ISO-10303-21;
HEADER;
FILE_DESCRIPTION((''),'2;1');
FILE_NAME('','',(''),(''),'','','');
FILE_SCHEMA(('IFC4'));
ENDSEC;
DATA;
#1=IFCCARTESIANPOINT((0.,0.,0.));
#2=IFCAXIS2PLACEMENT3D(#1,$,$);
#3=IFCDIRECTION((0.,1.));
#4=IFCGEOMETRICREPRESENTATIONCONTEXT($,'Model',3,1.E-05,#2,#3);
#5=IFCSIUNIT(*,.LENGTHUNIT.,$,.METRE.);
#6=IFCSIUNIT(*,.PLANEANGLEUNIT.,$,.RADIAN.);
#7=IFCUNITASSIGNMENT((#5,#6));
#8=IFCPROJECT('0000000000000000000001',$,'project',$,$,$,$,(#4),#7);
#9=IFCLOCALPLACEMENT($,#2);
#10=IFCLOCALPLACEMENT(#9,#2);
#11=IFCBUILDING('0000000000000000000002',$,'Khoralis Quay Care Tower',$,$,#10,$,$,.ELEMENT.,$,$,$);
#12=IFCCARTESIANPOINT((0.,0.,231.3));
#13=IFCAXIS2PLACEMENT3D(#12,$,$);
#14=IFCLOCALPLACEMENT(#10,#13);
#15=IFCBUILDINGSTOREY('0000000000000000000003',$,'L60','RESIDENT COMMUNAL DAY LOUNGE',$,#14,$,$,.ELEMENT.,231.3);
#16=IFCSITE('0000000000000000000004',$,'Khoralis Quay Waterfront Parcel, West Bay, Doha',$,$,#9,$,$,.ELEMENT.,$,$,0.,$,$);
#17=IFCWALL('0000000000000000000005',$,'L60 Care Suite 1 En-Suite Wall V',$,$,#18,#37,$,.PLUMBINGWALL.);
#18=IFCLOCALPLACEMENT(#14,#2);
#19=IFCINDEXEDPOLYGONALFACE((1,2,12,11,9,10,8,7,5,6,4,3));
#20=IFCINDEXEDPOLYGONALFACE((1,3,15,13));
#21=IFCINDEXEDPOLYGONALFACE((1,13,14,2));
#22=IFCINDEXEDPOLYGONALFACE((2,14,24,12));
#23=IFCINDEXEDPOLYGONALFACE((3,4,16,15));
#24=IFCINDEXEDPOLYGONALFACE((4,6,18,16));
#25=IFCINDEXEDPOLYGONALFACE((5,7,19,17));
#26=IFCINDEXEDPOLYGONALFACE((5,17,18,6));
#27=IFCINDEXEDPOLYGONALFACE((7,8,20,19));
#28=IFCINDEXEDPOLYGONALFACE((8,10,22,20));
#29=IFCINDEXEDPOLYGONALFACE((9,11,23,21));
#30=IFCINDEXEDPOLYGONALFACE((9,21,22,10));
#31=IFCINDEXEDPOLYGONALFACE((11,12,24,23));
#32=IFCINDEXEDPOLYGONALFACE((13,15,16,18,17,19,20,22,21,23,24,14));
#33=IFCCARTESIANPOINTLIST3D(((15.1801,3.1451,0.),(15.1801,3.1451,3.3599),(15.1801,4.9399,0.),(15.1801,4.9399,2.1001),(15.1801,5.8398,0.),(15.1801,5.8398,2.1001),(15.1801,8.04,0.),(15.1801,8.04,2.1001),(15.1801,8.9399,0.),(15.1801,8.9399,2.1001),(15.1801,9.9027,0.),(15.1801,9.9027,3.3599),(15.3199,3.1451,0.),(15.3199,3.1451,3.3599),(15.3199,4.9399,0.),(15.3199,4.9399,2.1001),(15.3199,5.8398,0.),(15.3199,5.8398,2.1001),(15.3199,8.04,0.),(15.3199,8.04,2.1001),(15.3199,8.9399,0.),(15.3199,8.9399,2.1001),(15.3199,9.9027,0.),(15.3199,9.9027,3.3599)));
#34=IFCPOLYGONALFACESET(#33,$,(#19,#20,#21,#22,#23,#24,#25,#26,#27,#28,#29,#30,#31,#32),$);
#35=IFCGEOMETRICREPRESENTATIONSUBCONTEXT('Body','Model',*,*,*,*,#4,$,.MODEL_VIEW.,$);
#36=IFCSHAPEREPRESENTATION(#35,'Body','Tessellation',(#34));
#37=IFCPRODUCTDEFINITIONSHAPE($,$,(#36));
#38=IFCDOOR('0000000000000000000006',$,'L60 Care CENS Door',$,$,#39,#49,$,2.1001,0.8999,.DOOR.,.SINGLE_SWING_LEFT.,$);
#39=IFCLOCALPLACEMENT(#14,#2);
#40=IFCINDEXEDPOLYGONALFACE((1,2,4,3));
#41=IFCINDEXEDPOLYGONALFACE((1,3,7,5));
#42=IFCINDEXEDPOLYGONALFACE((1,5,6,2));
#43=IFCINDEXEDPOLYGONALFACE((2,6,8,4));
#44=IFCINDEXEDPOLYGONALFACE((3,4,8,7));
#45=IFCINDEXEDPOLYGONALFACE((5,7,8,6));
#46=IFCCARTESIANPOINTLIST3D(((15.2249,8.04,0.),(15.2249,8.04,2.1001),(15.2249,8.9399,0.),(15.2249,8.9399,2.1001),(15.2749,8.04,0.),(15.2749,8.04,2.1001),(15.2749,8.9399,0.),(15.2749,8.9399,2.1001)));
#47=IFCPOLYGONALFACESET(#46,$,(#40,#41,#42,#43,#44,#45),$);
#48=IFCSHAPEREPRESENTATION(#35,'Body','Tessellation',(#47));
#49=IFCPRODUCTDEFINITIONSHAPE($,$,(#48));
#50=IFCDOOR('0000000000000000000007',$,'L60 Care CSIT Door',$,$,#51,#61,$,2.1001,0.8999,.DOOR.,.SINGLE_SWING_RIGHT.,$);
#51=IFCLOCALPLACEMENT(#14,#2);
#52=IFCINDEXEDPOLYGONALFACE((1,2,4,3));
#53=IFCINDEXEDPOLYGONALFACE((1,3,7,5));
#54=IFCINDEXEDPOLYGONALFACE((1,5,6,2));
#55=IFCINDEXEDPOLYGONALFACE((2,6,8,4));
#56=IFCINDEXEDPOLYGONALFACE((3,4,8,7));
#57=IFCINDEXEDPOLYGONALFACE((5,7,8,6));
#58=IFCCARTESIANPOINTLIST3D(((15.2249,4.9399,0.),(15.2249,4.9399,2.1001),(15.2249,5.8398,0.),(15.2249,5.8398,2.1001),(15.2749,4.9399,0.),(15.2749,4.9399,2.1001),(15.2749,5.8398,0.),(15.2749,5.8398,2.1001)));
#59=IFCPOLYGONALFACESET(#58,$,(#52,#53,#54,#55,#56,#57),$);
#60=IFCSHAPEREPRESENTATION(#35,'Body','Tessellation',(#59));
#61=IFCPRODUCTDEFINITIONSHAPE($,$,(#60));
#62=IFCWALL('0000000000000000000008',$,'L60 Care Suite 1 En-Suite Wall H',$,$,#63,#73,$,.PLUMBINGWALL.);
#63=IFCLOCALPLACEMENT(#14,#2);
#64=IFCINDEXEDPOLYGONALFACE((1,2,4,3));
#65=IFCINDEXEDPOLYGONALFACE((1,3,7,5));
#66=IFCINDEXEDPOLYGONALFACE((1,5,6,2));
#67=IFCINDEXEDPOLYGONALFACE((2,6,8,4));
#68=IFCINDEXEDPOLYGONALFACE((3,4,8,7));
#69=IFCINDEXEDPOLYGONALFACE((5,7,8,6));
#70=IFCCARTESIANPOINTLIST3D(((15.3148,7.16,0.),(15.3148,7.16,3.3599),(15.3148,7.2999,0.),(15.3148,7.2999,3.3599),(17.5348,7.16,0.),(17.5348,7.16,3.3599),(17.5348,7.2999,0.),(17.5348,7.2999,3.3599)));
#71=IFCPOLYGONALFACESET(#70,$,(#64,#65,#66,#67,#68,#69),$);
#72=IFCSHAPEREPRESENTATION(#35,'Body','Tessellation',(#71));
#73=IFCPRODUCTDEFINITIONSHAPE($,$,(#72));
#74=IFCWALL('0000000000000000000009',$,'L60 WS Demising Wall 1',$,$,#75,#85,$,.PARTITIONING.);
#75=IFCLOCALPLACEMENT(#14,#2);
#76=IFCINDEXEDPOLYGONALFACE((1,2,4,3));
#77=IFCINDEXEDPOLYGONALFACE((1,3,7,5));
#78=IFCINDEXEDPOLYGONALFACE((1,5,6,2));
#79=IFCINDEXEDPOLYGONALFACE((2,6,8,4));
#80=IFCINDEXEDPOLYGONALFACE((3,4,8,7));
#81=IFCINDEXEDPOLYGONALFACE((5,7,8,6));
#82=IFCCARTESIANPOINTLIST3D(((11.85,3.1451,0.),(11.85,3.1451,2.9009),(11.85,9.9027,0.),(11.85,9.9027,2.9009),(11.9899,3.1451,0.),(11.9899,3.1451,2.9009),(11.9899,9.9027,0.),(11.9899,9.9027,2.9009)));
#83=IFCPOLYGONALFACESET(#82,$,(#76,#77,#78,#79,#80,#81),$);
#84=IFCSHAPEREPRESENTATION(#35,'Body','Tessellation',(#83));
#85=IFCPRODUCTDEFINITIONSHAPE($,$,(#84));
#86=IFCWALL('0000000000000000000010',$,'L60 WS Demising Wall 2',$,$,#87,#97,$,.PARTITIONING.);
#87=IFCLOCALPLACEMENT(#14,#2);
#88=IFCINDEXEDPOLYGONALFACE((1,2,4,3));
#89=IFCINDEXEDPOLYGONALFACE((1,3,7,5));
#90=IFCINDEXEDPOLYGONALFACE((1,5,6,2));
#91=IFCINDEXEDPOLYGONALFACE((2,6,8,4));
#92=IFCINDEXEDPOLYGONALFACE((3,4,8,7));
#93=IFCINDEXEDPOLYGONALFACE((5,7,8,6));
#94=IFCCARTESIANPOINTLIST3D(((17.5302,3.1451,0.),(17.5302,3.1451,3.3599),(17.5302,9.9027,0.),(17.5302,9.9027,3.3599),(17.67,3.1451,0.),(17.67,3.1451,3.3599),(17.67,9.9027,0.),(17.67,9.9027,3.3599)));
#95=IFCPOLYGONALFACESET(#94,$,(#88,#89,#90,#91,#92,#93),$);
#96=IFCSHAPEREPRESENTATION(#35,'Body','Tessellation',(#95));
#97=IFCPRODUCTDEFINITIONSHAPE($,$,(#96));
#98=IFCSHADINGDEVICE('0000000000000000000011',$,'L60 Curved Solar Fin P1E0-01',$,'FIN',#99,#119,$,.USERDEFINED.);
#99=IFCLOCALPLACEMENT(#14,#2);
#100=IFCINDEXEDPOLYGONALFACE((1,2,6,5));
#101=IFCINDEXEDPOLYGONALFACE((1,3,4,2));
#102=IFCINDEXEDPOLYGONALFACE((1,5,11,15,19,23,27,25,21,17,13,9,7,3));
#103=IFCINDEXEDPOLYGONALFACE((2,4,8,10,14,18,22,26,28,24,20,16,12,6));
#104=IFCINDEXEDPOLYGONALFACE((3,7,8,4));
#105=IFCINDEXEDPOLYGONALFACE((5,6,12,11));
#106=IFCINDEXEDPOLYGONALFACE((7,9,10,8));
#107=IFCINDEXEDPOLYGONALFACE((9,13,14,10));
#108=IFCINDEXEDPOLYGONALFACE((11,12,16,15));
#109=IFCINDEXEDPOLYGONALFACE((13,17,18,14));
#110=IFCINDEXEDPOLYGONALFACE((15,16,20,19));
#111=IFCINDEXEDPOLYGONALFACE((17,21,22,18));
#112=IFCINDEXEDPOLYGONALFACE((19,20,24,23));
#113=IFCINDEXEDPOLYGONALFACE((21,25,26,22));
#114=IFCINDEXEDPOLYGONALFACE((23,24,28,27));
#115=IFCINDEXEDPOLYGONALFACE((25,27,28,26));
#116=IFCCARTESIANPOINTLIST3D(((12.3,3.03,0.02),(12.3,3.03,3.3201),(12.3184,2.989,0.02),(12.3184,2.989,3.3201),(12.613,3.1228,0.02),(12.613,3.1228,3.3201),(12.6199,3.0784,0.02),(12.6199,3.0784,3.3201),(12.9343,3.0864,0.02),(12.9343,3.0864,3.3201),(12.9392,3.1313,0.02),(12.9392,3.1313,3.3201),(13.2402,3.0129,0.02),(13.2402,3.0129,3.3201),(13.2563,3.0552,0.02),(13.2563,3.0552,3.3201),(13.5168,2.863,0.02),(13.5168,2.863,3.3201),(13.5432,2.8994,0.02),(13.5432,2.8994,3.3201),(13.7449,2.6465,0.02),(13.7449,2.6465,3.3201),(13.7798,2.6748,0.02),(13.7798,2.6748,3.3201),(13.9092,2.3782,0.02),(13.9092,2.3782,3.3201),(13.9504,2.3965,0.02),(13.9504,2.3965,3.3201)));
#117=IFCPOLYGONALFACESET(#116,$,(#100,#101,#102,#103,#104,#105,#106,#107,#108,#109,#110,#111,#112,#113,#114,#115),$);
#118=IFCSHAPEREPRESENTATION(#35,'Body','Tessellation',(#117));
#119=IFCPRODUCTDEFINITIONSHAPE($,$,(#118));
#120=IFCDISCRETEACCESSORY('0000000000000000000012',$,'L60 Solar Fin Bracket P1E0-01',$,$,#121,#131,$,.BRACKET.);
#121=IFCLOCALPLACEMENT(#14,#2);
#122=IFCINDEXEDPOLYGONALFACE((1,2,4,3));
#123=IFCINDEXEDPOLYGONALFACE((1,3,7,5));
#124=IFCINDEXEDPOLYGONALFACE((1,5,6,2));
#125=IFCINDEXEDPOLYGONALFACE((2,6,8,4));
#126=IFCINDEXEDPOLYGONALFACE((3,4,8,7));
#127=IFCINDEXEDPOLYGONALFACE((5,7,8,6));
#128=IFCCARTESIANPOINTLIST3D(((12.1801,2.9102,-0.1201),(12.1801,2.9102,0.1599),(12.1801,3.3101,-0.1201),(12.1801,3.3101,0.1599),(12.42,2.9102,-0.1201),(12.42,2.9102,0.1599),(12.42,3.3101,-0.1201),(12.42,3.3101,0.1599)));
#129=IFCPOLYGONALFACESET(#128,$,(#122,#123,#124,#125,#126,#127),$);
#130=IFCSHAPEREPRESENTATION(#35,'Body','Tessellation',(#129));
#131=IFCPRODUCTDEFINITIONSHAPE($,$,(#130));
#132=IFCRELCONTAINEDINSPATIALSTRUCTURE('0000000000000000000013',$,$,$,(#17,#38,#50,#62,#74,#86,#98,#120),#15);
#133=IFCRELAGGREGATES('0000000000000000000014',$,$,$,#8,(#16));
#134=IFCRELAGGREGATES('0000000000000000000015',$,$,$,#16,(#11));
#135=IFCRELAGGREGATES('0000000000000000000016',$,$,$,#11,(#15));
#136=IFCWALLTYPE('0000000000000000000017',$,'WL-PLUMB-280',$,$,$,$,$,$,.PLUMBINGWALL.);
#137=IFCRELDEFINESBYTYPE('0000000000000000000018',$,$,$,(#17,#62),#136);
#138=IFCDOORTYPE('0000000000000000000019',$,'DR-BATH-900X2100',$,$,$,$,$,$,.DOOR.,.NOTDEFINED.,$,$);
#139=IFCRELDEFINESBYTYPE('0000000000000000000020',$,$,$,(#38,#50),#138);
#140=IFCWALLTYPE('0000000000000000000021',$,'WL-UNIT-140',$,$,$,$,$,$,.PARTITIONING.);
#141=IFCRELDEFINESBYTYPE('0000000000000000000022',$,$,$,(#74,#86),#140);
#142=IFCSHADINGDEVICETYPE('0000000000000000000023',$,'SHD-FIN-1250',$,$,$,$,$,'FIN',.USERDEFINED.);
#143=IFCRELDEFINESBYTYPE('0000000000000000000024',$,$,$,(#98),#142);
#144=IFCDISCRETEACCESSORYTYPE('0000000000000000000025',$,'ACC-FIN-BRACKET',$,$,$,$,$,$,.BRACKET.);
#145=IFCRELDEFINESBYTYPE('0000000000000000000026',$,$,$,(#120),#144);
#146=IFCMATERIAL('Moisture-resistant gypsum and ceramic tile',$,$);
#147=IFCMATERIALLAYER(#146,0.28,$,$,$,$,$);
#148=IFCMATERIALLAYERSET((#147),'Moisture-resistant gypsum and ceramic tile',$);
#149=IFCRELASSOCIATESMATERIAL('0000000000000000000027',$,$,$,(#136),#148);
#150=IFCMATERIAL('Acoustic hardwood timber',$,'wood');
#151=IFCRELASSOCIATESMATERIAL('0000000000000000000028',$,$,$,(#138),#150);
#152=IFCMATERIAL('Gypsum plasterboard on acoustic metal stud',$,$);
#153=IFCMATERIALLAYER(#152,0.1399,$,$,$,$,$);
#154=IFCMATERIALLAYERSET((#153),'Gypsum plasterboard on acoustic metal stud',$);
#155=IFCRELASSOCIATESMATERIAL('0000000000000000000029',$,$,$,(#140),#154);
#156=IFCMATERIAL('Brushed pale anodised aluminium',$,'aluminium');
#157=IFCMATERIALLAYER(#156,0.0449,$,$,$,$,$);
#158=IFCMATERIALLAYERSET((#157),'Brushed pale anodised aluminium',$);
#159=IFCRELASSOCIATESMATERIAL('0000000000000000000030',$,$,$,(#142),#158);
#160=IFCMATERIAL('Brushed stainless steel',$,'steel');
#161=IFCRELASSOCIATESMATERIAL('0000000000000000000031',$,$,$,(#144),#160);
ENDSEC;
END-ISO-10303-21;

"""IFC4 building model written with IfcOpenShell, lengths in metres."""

from ifc_helpers import new_model, si_unit, direction, frame, frame_2d, origin, origin_2d, place, context, subcontext, project, spatial, polyline, rectangle, outline, extrude, source, transform, mapped, material, layer, layer_set, type_object, element, fill, save


model = new_model("IFC4")

# Units and contexts
model_context = context("Model", 3, precision=1e-05, world=origin(), true_north=direction((0.0, 1.0)))
body_context = subcontext(model_context, "Body", "Model", "MODEL_VIEW")
ifc_project = project(units=[si_unit("LENGTHUNIT", "METRE"), si_unit("PLANEANGLEUNIT", "RADIAN")], contexts=[model_context])

# Site, building, storey
site_placement = place(None, origin())
site = spatial("IfcSite", under=ifc_project, at=site_placement, Name="Khoralis Quay Waterfront Parcel, West Bay, Doha", CompositionType="ELEMENT", RefElevation=0.0)
building_placement = place(site_placement, origin())
building = spatial("IfcBuilding", under=site, at=building_placement, Name="Khoralis Quay Care Tower", CompositionType="ELEMENT")
storey_placement = place(building_placement, frame((0.0, 0.0, 231.3)))
storey = spatial("IfcBuildingStorey", under=building, at=storey_placement, Name="L60", Description="RESIDENT COMMUNAL DAY LOUNGE", CompositionType="ELEMENT", Elevation=231.3)

# Wall, openings, doors
ifc_material_1 = material(Name="Moisture-resistant gypsum and ceramic tile")
ifc_layer_1 = layer(ifc_material_1, 0.28)
ifc_layer_set_1 = layer_set([ifc_layer_1], Name="Moisture-resistant gypsum and ceramic tile")
wall_type_1 = type_object("IfcWallType", Name="WL-PLUMB-280", PredefinedType="PLUMBINGWALL", material=ifc_layer_set_1)
wall_1_placement = place(storey_placement, frame((15.25, 3.145, 0.0), z_axis=(0.0, 0.0, 1.0), x_axis=(0.0, 1.0, 0.0)))
wall_1 = element("IfcWall", 1, at=wall_1_placement, inside=storey, type_object=wall_type_1, Name="L60 Care Suite 1 En-Suite Wall V", PredefinedType="PLUMBINGWALL", context=body_context, shape_type="SweptSolid", body=[
    extrude(rectangle(XDim=6.7576, YDim=0.1399, at=frame_2d((3.3789, 0.0))), origin(), (0.0, 0.0, 1.0), 3.3599),
])
opening_1_placement = place(wall_1_placement, frame((4.895, 0.0, 0.0)))
opening_1 = element("IfcOpeningElement", 2, at=opening_1_placement, cuts=wall_1, PredefinedType="OPENING", context=body_context, shape_type="SweptSolid", body=[
    extrude(rectangle(XDim=0.8999, YDim=2.1001, at=frame_2d((0.45, 1.05))), frame((0.0, 0.0801, 0.0), z_axis=(0.0, -1.0, 0.0), x_axis=(1.0, 0.0, 0.0)), (0.0, 0.0, 1.0), 0.1599),
])
opening_2_placement = place(wall_1_placement, frame((1.7949, 0.0, 0.0)))
opening_2 = element("IfcOpeningElement", 3, at=opening_2_placement, cuts=wall_1, PredefinedType="OPENING", context=body_context, shape_type="SweptSolid", body=[
    extrude(rectangle(XDim=0.8999, YDim=2.1001, at=frame_2d((0.45, 1.05))), frame((0.0, 0.0801, 0.0), z_axis=(0.0, -1.0, 0.0), x_axis=(1.0, 0.0, 0.0)), (0.0, 0.0, 1.0), 0.1599),
])
ifc_material_2 = material(Name="Acoustic hardwood timber", Category="wood")
door_type = type_object("IfcDoorType", Name="DR-BATH-900X2100", OperationType="NOTDEFINED", PredefinedType="DOOR", material=ifc_material_2)
shared_shape_1 = source(origin(), body_context, "Body", "SweptSolid", [
    extrude(rectangle(XDim=0.8999, YDim=2.1001, at=frame_2d((0.45, 1.05))), frame((0.0, 0.0249, 0.0), z_axis=(0.0, -1.0, 0.0), x_axis=(1.0, 0.0, 0.0)), (0.0, 0.0, 1.0), 0.05),
])
door_1_placement = place(opening_1_placement, frame((0.8999, 0.0, 0.0), z_axis=(0.0, 0.0, 1.0), x_axis=(-1.0, 0.0, 0.0)))
door_1 = element("IfcDoor", 4, at=door_1_placement, inside=storey, type_object=door_type, Name="L60 Care CENS Door", OperationType="SINGLE_SWING_LEFT", OverallHeight=2.1001, OverallWidth=0.8999, PredefinedType="DOOR", context=body_context, shape_type="MappedRepresentation", body=[
    mapped(shared_shape_1, transform((0.0, 0.0, 0.0), scale=1.0)),
])
fill(opening_1, door_1)
door_2_placement = place(opening_2_placement, frame((0.8999, 0.0, 0.0), z_axis=(0.0, 0.0, 1.0), x_axis=(-1.0, 0.0, 0.0)))
door_2 = element("IfcDoor", 5, at=door_2_placement, inside=storey, type_object=door_type, Name="L60 Care CSIT Door", OperationType="SINGLE_SWING_RIGHT", OverallHeight=2.1001, OverallWidth=0.8999, PredefinedType="DOOR", context=body_context, shape_type="MappedRepresentation", body=[
    mapped(shared_shape_1, transform((0.0, 0.0, 0.0), scale=1.0)),
])
fill(opening_2, door_2)

# Walls
wall_2_placement = place(storey_placement, frame((15.3149, 7.23, 0.0), z_axis=(0.0, 0.0, 1.0), x_axis=(1.0, 0.0, 0.0)))
element("IfcWall", 6, at=wall_2_placement, inside=storey, type_object=wall_type_1, Name="L60 Care Suite 1 En-Suite Wall H", PredefinedType="PLUMBINGWALL", context=body_context, shape_type="SweptSolid", body=[
    extrude(rectangle(XDim=2.22, YDim=0.1399, at=frame_2d((1.1099, 0.0))), origin(), (0.0, 0.0, 1.0), 3.3599),
])
ifc_material_3 = material(Name="Gypsum plasterboard on acoustic metal stud")
ifc_layer_2 = layer(ifc_material_3, 0.1399)
ifc_layer_set_2 = layer_set([ifc_layer_2], Name="Gypsum plasterboard on acoustic metal stud")
wall_type_2 = type_object("IfcWallType", Name="WL-UNIT-140", PredefinedType="PARTITIONING", material=ifc_layer_set_2)
wall_3_placement = place(storey_placement, frame((11.9199, 3.145, 0.0), z_axis=(0.0, 0.0, 1.0), x_axis=(0.0, 1.0, 0.0)))
element("IfcWall", 7, at=wall_3_placement, inside=storey, type_object=wall_type_2, Name="L60 WS Demising Wall 1", PredefinedType="PARTITIONING", context=body_context, shape_type="SweptSolid", body=[
    extrude(rectangle(XDim=6.7576, YDim=0.1399, at=frame_2d((3.3789, 0.0))), origin(), (0.0, 0.0, 1.0), 2.9009),
])
wall_4_placement = place(storey_placement, frame((17.6001, 3.145, 0.0), z_axis=(0.0, 0.0, 1.0), x_axis=(0.0, 1.0, 0.0)))
element("IfcWall", 8, at=wall_4_placement, inside=storey, type_object=wall_type_2, Name="L60 WS Demising Wall 2", PredefinedType="PARTITIONING", context=body_context, shape_type="SweptSolid", body=[
    extrude(rectangle(XDim=6.7576, YDim=0.1399, at=frame_2d((3.3789, 0.0))), origin(), (0.0, 0.0, 1.0), 3.3599),
])

# Shading device
ifc_material_4 = material(Name="Brushed pale anodised aluminium", Category="aluminium")
ifc_layer_3 = layer(ifc_material_4, 0.0449)
ifc_layer_set_3 = layer_set([ifc_layer_3], Name="Brushed pale anodised aluminium")
shading_device_type = type_object("IfcShadingDeviceType", Name="SHD-FIN-1250", ElementType="FIN", PredefinedType="USERDEFINED", material=ifc_layer_set_3)
shared_shape_2 = source(origin(), body_context, "Body", "SweptSolid", [
    extrude(outline(polyline([(0.0, 0.0), (-0.0928, 0.313), (-0.1013, 0.6392), (-0.0251, 0.9563), (0.1306, 1.2432), (0.3552, 1.4797), (0.6335, 1.6504), (0.6519, 1.6091), (0.3835, 1.4448), (0.167, 1.2168), (0.0171, 0.9402), (-0.0564, 0.6343), (-0.0483, 0.3198), (0.041, 0.0183), (0.0, 0.0)])), origin(), (0.0, 0.0, 1.0), 3.3),
])
shading_device_placement = place(storey_placement, frame((12.3, 3.03, 0.02), z_axis=(0.0, 0.0, 1.0), x_axis=(0.0, -1.0, 0.0)))
element("IfcShadingDevice", 9, at=shading_device_placement, inside=storey, type_object=shading_device_type, Name="L60 Curved Solar Fin P1E0-01", ObjectType="FIN", PredefinedType="USERDEFINED", context=body_context, shape_type="MappedRepresentation", body=[
    mapped(shared_shape_2, transform((0.0, 0.0, 0.0), scale=1.0)),
])

# Discrete accessory
ifc_material_5 = material(Name="Brushed stainless steel", Category="steel")
discrete_accessory_type = type_object("IfcDiscreteAccessoryType", Name="ACC-FIN-BRACKET", PredefinedType="BRACKET", material=ifc_material_5)
shared_shape_3 = source(origin(), body_context, "Body", "SweptSolid", [
    extrude(rectangle(XDim=0.3999, YDim=0.24, at=origin_2d()), origin(), (0.0, 0.0, 1.0), 0.28),
])
discrete_accessory_placement = place(storey_placement, frame((12.3, 3.1101, -0.1201), z_axis=(0.0, 0.0, 1.0), x_axis=(0.0, -1.0, 0.0)))
element("IfcDiscreteAccessory", 10, at=discrete_accessory_placement, inside=storey, type_object=discrete_accessory_type, Name="L60 Solar Fin Bracket P1E0-01", PredefinedType="BRACKET", context=body_context, shape_type="MappedRepresentation", body=[
    mapped(shared_shape_3, transform((0.0, 0.0, 0.0), scale=1.0)),
])

save(model, "model.ifc")
